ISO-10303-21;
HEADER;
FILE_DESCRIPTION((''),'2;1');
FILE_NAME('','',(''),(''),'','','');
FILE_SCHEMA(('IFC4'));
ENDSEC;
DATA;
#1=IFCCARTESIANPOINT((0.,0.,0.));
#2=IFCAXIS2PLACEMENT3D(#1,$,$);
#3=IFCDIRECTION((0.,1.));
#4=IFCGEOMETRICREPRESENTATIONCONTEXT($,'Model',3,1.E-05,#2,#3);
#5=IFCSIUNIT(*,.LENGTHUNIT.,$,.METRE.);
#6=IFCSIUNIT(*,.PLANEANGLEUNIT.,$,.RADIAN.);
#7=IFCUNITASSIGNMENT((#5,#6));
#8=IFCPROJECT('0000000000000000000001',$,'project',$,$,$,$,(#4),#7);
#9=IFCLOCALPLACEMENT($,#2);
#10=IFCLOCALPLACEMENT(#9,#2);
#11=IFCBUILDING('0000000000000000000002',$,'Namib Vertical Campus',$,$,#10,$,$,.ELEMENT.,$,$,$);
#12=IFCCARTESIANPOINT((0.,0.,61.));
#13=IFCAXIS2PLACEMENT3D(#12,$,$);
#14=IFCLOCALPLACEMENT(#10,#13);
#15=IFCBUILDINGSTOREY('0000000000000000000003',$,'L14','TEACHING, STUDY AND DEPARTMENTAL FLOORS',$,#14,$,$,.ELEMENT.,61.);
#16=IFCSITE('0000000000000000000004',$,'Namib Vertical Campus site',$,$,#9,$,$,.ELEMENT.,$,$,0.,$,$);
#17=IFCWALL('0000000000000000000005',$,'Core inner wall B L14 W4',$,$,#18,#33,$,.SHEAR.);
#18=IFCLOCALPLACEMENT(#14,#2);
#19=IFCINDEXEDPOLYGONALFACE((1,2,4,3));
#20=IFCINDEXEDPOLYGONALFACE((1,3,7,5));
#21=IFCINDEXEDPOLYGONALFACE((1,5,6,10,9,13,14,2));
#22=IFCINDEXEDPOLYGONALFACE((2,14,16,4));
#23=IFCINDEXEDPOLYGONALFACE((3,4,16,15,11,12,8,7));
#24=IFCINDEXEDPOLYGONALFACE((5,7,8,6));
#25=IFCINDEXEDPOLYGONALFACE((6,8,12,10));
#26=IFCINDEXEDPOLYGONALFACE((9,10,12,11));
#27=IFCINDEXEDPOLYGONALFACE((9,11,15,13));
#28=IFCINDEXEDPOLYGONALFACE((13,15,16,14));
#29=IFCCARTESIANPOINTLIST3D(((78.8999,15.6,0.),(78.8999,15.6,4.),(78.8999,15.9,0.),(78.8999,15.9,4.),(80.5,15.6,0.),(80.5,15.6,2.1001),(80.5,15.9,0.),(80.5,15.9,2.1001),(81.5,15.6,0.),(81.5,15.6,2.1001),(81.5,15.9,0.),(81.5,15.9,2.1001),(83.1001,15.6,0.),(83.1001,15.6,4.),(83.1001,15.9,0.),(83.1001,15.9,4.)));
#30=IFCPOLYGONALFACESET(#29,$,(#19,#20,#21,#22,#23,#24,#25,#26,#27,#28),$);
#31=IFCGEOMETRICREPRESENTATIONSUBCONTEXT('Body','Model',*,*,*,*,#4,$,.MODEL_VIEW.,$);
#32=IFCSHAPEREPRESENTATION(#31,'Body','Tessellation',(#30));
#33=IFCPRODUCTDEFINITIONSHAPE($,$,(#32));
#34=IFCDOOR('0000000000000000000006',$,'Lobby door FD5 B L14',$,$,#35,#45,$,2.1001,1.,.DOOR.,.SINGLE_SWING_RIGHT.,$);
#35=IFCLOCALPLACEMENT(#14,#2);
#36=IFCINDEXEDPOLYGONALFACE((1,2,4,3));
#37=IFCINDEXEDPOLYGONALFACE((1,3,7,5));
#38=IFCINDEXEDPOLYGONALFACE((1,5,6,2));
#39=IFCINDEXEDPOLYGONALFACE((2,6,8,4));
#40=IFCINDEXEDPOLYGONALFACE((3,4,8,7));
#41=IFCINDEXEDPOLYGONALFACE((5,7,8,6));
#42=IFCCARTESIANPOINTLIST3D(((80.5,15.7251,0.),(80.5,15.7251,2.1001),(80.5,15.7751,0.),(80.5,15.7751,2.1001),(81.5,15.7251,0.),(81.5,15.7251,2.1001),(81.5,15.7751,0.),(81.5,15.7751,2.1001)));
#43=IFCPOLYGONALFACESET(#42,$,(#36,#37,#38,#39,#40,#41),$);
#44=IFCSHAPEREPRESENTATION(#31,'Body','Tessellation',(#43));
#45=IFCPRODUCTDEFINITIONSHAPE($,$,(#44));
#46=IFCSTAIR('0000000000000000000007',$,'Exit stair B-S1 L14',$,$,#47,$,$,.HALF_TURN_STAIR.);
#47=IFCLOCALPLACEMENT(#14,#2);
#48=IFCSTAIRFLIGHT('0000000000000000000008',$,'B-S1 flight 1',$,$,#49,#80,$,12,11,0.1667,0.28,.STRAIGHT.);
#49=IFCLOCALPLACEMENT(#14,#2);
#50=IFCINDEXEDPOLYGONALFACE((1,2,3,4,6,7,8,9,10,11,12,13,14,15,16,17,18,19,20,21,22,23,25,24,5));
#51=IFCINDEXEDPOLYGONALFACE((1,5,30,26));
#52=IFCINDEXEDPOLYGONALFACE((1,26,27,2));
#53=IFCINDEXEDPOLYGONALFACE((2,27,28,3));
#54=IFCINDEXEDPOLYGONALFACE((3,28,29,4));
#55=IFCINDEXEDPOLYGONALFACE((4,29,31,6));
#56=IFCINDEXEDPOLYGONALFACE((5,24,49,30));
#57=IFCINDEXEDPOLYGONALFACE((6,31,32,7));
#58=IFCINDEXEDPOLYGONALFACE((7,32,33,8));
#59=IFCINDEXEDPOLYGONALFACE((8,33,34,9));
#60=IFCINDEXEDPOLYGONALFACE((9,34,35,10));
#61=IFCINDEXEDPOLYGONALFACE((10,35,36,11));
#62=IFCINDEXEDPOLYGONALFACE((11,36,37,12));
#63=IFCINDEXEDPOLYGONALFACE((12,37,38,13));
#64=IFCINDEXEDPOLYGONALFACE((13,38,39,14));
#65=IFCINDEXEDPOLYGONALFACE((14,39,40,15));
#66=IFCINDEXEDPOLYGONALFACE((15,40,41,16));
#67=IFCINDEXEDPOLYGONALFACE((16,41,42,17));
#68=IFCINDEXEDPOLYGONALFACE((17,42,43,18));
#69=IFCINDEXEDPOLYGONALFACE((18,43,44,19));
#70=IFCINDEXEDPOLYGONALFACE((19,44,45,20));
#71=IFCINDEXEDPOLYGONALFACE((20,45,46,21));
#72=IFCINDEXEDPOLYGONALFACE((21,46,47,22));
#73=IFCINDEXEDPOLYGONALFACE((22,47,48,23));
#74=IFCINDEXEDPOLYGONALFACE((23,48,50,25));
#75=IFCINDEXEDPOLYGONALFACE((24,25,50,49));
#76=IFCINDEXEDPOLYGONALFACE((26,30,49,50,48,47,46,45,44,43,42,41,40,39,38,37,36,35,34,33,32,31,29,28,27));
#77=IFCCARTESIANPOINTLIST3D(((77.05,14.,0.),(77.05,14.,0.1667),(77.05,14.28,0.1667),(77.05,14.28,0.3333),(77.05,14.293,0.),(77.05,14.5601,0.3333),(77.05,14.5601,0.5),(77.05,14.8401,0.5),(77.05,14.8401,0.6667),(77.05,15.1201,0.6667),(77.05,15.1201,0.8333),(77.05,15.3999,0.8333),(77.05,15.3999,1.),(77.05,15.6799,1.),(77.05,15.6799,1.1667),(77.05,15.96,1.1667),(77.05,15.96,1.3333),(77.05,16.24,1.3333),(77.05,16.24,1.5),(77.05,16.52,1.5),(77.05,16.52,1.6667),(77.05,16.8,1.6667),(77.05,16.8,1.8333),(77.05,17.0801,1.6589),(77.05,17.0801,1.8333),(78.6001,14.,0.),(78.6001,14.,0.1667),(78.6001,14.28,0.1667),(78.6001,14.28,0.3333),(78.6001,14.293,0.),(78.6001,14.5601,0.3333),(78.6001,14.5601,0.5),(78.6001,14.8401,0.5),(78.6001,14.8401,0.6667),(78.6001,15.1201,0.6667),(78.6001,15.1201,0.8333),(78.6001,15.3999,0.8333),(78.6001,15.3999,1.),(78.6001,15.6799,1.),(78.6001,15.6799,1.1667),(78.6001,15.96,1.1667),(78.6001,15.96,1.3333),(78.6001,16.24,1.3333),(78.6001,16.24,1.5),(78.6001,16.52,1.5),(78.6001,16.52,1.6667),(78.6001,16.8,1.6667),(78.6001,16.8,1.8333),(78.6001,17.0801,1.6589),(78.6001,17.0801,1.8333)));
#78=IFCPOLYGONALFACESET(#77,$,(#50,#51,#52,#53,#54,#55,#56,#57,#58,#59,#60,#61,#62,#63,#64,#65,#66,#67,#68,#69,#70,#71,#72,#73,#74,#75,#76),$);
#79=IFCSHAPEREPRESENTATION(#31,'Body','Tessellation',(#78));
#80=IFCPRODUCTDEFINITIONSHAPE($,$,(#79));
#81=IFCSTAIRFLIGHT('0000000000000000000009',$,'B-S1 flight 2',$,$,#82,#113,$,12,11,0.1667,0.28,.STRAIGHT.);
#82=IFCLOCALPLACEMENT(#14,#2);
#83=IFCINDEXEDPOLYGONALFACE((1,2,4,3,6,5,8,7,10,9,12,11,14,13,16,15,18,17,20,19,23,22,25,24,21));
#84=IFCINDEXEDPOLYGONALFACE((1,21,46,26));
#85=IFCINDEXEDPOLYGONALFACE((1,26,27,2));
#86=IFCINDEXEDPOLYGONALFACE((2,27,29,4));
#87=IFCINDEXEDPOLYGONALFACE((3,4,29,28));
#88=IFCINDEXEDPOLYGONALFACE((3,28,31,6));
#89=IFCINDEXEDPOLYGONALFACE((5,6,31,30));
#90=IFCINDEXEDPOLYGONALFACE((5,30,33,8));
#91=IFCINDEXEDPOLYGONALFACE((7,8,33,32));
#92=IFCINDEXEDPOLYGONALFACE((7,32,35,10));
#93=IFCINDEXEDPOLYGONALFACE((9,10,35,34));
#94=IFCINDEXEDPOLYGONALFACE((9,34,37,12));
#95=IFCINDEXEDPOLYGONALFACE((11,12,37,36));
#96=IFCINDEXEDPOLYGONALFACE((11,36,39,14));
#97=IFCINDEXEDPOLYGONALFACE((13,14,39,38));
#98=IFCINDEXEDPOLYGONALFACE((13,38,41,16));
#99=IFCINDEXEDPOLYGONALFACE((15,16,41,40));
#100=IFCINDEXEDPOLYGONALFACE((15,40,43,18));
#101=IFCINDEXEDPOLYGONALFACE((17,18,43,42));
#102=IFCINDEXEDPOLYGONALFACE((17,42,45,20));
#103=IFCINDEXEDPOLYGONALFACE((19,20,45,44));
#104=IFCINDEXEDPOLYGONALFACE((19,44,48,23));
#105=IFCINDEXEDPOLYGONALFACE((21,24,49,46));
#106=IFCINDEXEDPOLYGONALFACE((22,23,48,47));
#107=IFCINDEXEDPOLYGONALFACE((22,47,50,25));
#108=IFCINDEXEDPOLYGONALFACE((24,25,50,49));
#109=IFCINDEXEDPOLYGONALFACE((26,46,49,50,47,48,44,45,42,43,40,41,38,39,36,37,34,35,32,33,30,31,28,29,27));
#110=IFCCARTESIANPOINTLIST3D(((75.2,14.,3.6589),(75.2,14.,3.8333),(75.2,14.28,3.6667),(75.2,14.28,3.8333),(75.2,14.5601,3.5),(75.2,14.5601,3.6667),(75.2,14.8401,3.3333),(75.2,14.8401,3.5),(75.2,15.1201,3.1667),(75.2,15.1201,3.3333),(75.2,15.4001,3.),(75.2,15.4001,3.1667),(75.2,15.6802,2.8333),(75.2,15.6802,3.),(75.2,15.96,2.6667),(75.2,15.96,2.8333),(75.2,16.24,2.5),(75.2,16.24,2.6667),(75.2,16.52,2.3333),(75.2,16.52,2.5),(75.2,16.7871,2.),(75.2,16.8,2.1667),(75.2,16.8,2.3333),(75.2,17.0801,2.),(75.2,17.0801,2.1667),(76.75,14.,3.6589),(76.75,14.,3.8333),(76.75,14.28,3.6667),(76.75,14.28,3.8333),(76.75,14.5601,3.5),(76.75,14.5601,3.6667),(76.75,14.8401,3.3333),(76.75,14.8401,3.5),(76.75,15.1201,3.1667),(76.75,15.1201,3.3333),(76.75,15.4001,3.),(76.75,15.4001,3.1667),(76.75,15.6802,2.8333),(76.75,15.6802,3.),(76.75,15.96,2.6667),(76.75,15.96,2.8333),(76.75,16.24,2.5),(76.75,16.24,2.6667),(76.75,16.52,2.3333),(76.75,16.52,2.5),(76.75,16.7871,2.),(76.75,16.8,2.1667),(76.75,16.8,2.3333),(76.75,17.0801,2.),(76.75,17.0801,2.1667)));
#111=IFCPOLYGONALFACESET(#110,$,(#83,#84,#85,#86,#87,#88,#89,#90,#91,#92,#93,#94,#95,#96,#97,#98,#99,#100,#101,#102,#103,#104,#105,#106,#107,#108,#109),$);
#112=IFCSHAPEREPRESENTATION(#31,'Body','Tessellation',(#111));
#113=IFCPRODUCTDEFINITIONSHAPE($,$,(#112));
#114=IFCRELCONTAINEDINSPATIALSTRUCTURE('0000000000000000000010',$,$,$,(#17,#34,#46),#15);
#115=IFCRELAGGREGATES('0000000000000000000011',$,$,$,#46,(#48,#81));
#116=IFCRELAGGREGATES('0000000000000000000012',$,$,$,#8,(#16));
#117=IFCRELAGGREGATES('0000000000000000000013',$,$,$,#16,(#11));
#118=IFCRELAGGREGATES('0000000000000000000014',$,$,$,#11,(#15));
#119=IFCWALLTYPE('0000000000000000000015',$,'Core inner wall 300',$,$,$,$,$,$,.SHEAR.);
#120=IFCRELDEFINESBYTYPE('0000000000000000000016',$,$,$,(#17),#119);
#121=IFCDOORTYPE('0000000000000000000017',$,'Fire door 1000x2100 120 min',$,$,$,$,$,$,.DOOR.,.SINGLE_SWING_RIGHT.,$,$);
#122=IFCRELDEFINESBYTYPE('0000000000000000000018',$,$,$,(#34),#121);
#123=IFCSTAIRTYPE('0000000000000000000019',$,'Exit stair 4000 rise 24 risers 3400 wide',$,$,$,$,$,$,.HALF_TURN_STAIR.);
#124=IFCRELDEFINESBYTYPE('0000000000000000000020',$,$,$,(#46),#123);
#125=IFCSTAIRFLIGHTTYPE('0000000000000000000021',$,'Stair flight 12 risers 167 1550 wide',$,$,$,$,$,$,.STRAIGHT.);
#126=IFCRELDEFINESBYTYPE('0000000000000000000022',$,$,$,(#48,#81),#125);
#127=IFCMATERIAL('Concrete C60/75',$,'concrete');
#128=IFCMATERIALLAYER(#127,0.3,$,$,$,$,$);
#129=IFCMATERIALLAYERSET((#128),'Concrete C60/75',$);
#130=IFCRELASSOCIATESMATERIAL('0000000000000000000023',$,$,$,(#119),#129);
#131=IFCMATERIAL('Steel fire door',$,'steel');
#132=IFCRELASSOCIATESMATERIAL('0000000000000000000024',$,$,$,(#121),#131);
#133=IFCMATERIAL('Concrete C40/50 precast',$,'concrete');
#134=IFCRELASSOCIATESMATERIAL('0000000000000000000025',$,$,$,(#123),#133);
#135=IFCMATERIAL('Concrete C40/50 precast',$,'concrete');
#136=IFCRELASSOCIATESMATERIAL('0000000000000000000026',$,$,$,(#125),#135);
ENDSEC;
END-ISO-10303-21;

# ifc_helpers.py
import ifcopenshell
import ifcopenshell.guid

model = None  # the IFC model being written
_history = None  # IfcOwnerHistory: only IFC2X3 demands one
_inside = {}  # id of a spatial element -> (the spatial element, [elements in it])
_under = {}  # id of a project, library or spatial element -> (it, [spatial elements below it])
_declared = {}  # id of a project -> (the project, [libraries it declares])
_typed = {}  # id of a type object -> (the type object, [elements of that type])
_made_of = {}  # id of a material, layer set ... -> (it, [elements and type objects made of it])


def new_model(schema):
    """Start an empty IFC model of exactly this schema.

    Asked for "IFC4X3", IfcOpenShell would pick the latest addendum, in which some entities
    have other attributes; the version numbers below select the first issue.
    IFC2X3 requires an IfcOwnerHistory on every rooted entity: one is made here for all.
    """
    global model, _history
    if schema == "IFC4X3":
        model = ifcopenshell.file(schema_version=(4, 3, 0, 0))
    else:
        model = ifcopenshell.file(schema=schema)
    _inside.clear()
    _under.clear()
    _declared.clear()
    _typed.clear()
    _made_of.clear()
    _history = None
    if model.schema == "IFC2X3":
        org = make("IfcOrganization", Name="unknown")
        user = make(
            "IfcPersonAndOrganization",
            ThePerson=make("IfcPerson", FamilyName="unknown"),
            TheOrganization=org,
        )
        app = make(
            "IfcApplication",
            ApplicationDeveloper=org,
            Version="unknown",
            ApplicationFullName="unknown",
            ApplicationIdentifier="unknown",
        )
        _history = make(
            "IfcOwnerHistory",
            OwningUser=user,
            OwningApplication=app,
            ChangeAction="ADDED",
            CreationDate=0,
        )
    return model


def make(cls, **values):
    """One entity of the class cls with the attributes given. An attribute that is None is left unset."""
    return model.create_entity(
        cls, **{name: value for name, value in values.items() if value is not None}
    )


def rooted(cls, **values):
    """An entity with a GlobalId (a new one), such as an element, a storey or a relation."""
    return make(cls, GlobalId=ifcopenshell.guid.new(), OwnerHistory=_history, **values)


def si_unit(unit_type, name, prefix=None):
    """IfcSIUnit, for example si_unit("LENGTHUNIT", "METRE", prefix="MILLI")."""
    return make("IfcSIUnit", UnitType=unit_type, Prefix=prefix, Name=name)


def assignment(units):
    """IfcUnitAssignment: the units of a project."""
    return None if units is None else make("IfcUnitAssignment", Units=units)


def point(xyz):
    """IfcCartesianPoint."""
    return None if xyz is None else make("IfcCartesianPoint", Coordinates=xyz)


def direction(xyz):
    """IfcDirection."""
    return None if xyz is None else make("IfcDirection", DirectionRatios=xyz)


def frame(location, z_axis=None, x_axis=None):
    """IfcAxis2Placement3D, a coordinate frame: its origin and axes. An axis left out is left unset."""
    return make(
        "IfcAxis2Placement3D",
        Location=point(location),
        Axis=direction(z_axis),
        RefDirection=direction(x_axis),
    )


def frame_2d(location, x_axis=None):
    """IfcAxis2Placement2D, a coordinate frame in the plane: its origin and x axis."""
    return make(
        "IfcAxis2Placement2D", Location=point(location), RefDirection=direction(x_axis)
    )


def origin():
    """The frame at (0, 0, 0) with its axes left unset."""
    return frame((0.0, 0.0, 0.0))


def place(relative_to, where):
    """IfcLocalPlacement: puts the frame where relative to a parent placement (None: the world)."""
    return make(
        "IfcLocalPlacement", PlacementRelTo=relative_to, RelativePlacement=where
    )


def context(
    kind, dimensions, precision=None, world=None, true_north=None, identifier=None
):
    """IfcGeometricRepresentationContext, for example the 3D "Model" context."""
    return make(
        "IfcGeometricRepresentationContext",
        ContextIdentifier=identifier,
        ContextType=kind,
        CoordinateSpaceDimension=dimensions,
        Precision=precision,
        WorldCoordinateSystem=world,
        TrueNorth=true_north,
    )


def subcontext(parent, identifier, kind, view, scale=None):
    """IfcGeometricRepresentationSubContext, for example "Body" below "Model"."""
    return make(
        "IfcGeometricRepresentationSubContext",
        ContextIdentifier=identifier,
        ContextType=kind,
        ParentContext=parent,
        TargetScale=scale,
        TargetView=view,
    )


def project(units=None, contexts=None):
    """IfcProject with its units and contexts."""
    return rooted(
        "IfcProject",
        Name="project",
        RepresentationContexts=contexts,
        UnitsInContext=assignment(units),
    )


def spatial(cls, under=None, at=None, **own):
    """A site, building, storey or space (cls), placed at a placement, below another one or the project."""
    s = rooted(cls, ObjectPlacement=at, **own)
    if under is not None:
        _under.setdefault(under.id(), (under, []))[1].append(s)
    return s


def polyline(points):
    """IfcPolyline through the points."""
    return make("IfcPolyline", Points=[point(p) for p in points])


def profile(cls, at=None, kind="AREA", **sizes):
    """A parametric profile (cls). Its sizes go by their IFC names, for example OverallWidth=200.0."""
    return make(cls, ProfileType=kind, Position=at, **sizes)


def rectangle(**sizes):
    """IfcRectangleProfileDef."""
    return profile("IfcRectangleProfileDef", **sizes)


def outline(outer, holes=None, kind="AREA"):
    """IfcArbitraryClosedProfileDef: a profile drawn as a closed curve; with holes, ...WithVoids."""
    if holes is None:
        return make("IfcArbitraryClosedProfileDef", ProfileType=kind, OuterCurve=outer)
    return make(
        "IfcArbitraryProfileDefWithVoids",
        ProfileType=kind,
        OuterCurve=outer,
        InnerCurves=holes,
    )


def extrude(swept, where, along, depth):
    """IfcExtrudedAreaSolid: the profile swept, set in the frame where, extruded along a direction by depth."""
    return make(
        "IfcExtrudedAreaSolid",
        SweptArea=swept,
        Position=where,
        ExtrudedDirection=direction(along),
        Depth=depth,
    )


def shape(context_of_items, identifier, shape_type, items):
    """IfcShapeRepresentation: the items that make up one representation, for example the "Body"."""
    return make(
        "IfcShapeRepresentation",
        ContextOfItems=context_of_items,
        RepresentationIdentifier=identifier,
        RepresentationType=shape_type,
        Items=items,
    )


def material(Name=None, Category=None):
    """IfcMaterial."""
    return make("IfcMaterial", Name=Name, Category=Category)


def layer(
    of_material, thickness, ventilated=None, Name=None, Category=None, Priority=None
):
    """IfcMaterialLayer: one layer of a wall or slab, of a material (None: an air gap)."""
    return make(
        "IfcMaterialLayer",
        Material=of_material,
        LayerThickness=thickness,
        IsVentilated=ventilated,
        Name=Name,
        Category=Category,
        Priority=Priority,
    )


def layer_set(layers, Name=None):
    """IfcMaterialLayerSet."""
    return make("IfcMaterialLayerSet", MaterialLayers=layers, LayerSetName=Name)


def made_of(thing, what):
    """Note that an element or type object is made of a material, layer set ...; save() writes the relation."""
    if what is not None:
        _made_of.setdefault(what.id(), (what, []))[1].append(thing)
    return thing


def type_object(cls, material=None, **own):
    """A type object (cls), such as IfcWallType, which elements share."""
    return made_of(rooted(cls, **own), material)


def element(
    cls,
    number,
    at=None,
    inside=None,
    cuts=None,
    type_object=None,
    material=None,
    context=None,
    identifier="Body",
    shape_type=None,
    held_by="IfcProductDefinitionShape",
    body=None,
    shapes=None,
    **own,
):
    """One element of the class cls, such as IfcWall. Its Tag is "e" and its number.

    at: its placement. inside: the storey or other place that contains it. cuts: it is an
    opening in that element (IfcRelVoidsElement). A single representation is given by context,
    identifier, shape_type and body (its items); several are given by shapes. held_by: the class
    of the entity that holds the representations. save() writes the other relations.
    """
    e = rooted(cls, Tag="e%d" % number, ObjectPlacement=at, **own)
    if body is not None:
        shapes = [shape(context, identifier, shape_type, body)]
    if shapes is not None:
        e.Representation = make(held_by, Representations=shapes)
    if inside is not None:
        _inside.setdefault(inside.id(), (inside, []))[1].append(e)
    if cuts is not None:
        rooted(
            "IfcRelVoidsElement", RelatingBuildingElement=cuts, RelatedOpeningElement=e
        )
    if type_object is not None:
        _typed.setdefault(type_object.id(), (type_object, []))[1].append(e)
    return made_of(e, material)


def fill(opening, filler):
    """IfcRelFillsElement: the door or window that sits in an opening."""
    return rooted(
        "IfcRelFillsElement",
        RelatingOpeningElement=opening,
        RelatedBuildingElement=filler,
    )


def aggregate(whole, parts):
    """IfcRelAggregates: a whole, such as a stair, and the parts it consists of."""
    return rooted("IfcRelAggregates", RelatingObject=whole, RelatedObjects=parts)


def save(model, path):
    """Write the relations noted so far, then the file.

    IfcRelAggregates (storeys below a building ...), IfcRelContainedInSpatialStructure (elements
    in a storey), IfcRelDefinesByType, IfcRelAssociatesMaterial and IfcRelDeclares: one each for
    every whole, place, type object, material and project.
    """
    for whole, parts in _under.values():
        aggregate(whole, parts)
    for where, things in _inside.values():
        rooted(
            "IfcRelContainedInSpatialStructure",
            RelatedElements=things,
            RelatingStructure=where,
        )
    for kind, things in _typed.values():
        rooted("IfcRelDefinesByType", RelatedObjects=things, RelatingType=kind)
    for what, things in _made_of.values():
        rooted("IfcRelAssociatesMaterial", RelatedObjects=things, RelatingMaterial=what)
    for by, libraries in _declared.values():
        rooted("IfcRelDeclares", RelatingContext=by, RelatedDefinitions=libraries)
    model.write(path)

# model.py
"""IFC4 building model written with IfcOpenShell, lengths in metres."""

from ifc_helpers import new_model, si_unit, direction, frame, frame_2d, origin, place, context, subcontext, project, spatial, polyline, rectangle, outline, extrude, material, layer, layer_set, type_object, element, fill, aggregate, save


model = new_model("IFC4")

# Units and contexts
model_context = context("Model", 3, precision=1e-05, world=origin(), true_north=direction((0.0, 1.0)))
body_context = subcontext(model_context, "Body", "Model", "MODEL_VIEW")
ifc_project = project(units=[si_unit("LENGTHUNIT", "METRE"), si_unit("PLANEANGLEUNIT", "RADIAN")], contexts=[model_context])

# Site, building, storey
site_placement = place(None, origin())
site = spatial("IfcSite", under=ifc_project, at=site_placement, Name="Namib Vertical Campus site", CompositionType="ELEMENT", RefElevation=0.0)
building_placement = place(site_placement, origin())
building = spatial("IfcBuilding", under=site, at=building_placement, Name="Namib Vertical Campus", CompositionType="ELEMENT")
storey_placement = place(building_placement, frame((0.0, 0.0, 61.0)))
storey = spatial("IfcBuildingStorey", under=building, at=storey_placement, Name="L14", Description="TEACHING, STUDY AND DEPARTMENTAL FLOORS", CompositionType="ELEMENT", Elevation=61.0)

# Shared definitions
ifc_material_1 = material(Name="Concrete C60/75", Category="concrete")
ifc_layer = layer(ifc_material_1, 0.3)
ifc_layer_set = layer_set([ifc_layer], Name="Concrete C60/75")
wall_type = type_object("IfcWallType", Name="Core inner wall 300", PredefinedType="SHEAR", material=ifc_layer_set)

# Wall, opening, door
wall_1_placement = place(storey_placement, frame((78.8999, 15.75, 0.0), z_axis=(0.0, 0.0, 1.0), x_axis=(1.0, 0.0, 0.0)))
wall_1 = element("IfcWall", 1, at=wall_1_placement, inside=storey, type_object=wall_type, Name="Core inner wall B L14 W4", PredefinedType="SHEAR", context=body_context, shape_type="SweptSolid", body=[
    extrude(rectangle(XDim=4.2002, YDim=0.3, at=frame_2d((2.1001, 0.0))), origin(), (0.0, 0.0, 1.0), 4.0),
])
opening_1_placement = place(wall_1_placement, frame((1.6001, 0.0, 0.0)))
opening_1 = element("IfcOpeningElement", 2, at=opening_1_placement, cuts=wall_1, PredefinedType="OPENING", context=body_context, shape_type="SweptSolid", body=[
    extrude(rectangle(XDim=1.0, YDim=2.1001, at=frame_2d((0.5, 1.05))), frame((0.0, 0.1599, 0.0), z_axis=(0.0, -1.0, 0.0), x_axis=(1.0, 0.0, 0.0)), (0.0, 0.0, 1.0), 0.3201),
])
ifc_material_2 = material(Name="Steel fire door", Category="steel")
door_type_1 = type_object("IfcDoorType", Name="Fire door 1000x2100 120 min", OperationType="SINGLE_SWING_RIGHT", PredefinedType="DOOR", material=ifc_material_2)
door_1_placement = place(opening_1_placement, frame((1.0, 0.0, 0.0), z_axis=(0.0, 0.0, 1.0), x_axis=(-1.0, 0.0, 0.0)))
door_1 = element("IfcDoor", 3, at=door_1_placement, inside=storey, type_object=door_type_1, Name="Lobby door FD5 B L14", OperationType="SINGLE_SWING_RIGHT", OverallHeight=2.1001, OverallWidth=1.0, PredefinedType="DOOR", context=body_context, shape_type="SweptSolid", body=[
    extrude(rectangle(XDim=1.0, YDim=2.1001, at=frame_2d((0.5, 1.05))), frame((0.0, 0.0249, 0.0), z_axis=(0.0, -1.0, 0.0), x_axis=(1.0, 0.0, 0.0)), (0.0, 0.0, 1.0), 0.05),
])
fill(opening_1, door_1)

# Stair, stair flights
ifc_material_3 = material(Name="Concrete C40/50 precast", Category="concrete")
stair_type = type_object("IfcStairType", Name="Exit stair 4000 rise 24 risers 3400 wide", PredefinedType="HALF_TURN_STAIR", material=ifc_material_3)
stair_placement = place(storey_placement, origin())
stair = element("IfcStair", 4, at=stair_placement, inside=storey, type_object=stair_type, Name="Exit stair B-S1 L14", PredefinedType="HALF_TURN_STAIR")
ifc_material_4 = material(Name="Concrete C40/50 precast", Category="concrete")
stair_flight_type = type_object("IfcStairFlightType", Name="Stair flight 12 risers 167 1550 wide", PredefinedType="STRAIGHT", material=ifc_material_4)
stair_flight_1_placement = place(storey_placement, frame((77.825, 14.0, 0.0), z_axis=(0.0, 0.0, 1.0), x_axis=(0.0, 1.0, 0.0)))
stair_flight_1 = element("IfcStairFlight", 5, at=stair_flight_1_placement, type_object=stair_flight_type, Name="B-S1 flight 1", NumberOfRisers=12, NumberOfTreads=11, PredefinedType="STRAIGHT", RiserHeight=0.1667, TreadLength=0.28, context=body_context, shape_type="SweptSolid", body=[
    extrude(outline(polyline([(0.0, 0.0), (0.0, 0.1667), (0.28, 0.1667), (0.28, 0.3333), (0.5601, 0.3333), (0.5601, 0.5), (0.8401, 0.5), (0.8401, 0.6667), (1.1201, 0.6667), (1.1201, 0.8333), (1.3999, 0.8333), (1.3999, 1.0), (1.6799, 1.0), (1.6799, 1.1667), (1.96, 1.1667), (1.96, 1.3333), (2.24, 1.3333), (2.24, 1.5), (2.52, 1.5), (2.52, 1.6667), (2.8, 1.6667), (2.8, 1.8333), (3.0801, 1.8333), (3.0801, 2.0), (3.0801, 1.6589), (0.293, 0.0), (0.0, 0.0)])), frame((0.0, 0.7749, 0.0), z_axis=(0.0, -1.0, 0.0), x_axis=(1.0, 0.0, 0.0)), (0.0, 0.0, 1.0), 1.55),
])
stair_flight_2_placement = place(storey_placement, frame((75.9751, 17.0801, 2.0), z_axis=(0.0, 0.0, 1.0), x_axis=(0.0, -1.0, 0.0)))
stair_flight_2 = element("IfcStairFlight", 6, at=stair_flight_2_placement, type_object=stair_flight_type, Name="B-S1 flight 2", NumberOfRisers=12, NumberOfTreads=11, PredefinedType="STRAIGHT", RiserHeight=0.1667, TreadLength=0.28, context=body_context, shape_type="SweptSolid", body=[
    extrude(outline(polyline([(0.0, 0.0), (0.0, 0.1667), (0.28, 0.1667), (0.28, 0.3333), (0.5601, 0.3333), (0.5601, 0.5), (0.8401, 0.5), (0.8401, 0.6667), (1.1201, 0.6667), (1.1201, 0.8333), (1.3999, 0.8333), (1.3999, 1.0), (1.6799, 1.0), (1.6799, 1.1667), (1.96, 1.1667), (1.96, 1.3333), (2.24, 1.3333), (2.24, 1.5), (2.52, 1.5), (2.52, 1.6667), (2.8, 1.6667), (2.8, 1.8333), (3.0801, 1.8333), (3.0801, 2.0), (3.0801, 1.6589), (0.293, 0.0), (0.0, 0.0)])), frame((0.0, 0.7749, 0.0), z_axis=(0.0, -1.0, 0.0), x_axis=(1.0, 0.0, 0.0)), (0.0, 0.0, 1.0), 1.55),
])
aggregate(stair, [stair_flight_1, stair_flight_2])

save(model, "model.ifc")
